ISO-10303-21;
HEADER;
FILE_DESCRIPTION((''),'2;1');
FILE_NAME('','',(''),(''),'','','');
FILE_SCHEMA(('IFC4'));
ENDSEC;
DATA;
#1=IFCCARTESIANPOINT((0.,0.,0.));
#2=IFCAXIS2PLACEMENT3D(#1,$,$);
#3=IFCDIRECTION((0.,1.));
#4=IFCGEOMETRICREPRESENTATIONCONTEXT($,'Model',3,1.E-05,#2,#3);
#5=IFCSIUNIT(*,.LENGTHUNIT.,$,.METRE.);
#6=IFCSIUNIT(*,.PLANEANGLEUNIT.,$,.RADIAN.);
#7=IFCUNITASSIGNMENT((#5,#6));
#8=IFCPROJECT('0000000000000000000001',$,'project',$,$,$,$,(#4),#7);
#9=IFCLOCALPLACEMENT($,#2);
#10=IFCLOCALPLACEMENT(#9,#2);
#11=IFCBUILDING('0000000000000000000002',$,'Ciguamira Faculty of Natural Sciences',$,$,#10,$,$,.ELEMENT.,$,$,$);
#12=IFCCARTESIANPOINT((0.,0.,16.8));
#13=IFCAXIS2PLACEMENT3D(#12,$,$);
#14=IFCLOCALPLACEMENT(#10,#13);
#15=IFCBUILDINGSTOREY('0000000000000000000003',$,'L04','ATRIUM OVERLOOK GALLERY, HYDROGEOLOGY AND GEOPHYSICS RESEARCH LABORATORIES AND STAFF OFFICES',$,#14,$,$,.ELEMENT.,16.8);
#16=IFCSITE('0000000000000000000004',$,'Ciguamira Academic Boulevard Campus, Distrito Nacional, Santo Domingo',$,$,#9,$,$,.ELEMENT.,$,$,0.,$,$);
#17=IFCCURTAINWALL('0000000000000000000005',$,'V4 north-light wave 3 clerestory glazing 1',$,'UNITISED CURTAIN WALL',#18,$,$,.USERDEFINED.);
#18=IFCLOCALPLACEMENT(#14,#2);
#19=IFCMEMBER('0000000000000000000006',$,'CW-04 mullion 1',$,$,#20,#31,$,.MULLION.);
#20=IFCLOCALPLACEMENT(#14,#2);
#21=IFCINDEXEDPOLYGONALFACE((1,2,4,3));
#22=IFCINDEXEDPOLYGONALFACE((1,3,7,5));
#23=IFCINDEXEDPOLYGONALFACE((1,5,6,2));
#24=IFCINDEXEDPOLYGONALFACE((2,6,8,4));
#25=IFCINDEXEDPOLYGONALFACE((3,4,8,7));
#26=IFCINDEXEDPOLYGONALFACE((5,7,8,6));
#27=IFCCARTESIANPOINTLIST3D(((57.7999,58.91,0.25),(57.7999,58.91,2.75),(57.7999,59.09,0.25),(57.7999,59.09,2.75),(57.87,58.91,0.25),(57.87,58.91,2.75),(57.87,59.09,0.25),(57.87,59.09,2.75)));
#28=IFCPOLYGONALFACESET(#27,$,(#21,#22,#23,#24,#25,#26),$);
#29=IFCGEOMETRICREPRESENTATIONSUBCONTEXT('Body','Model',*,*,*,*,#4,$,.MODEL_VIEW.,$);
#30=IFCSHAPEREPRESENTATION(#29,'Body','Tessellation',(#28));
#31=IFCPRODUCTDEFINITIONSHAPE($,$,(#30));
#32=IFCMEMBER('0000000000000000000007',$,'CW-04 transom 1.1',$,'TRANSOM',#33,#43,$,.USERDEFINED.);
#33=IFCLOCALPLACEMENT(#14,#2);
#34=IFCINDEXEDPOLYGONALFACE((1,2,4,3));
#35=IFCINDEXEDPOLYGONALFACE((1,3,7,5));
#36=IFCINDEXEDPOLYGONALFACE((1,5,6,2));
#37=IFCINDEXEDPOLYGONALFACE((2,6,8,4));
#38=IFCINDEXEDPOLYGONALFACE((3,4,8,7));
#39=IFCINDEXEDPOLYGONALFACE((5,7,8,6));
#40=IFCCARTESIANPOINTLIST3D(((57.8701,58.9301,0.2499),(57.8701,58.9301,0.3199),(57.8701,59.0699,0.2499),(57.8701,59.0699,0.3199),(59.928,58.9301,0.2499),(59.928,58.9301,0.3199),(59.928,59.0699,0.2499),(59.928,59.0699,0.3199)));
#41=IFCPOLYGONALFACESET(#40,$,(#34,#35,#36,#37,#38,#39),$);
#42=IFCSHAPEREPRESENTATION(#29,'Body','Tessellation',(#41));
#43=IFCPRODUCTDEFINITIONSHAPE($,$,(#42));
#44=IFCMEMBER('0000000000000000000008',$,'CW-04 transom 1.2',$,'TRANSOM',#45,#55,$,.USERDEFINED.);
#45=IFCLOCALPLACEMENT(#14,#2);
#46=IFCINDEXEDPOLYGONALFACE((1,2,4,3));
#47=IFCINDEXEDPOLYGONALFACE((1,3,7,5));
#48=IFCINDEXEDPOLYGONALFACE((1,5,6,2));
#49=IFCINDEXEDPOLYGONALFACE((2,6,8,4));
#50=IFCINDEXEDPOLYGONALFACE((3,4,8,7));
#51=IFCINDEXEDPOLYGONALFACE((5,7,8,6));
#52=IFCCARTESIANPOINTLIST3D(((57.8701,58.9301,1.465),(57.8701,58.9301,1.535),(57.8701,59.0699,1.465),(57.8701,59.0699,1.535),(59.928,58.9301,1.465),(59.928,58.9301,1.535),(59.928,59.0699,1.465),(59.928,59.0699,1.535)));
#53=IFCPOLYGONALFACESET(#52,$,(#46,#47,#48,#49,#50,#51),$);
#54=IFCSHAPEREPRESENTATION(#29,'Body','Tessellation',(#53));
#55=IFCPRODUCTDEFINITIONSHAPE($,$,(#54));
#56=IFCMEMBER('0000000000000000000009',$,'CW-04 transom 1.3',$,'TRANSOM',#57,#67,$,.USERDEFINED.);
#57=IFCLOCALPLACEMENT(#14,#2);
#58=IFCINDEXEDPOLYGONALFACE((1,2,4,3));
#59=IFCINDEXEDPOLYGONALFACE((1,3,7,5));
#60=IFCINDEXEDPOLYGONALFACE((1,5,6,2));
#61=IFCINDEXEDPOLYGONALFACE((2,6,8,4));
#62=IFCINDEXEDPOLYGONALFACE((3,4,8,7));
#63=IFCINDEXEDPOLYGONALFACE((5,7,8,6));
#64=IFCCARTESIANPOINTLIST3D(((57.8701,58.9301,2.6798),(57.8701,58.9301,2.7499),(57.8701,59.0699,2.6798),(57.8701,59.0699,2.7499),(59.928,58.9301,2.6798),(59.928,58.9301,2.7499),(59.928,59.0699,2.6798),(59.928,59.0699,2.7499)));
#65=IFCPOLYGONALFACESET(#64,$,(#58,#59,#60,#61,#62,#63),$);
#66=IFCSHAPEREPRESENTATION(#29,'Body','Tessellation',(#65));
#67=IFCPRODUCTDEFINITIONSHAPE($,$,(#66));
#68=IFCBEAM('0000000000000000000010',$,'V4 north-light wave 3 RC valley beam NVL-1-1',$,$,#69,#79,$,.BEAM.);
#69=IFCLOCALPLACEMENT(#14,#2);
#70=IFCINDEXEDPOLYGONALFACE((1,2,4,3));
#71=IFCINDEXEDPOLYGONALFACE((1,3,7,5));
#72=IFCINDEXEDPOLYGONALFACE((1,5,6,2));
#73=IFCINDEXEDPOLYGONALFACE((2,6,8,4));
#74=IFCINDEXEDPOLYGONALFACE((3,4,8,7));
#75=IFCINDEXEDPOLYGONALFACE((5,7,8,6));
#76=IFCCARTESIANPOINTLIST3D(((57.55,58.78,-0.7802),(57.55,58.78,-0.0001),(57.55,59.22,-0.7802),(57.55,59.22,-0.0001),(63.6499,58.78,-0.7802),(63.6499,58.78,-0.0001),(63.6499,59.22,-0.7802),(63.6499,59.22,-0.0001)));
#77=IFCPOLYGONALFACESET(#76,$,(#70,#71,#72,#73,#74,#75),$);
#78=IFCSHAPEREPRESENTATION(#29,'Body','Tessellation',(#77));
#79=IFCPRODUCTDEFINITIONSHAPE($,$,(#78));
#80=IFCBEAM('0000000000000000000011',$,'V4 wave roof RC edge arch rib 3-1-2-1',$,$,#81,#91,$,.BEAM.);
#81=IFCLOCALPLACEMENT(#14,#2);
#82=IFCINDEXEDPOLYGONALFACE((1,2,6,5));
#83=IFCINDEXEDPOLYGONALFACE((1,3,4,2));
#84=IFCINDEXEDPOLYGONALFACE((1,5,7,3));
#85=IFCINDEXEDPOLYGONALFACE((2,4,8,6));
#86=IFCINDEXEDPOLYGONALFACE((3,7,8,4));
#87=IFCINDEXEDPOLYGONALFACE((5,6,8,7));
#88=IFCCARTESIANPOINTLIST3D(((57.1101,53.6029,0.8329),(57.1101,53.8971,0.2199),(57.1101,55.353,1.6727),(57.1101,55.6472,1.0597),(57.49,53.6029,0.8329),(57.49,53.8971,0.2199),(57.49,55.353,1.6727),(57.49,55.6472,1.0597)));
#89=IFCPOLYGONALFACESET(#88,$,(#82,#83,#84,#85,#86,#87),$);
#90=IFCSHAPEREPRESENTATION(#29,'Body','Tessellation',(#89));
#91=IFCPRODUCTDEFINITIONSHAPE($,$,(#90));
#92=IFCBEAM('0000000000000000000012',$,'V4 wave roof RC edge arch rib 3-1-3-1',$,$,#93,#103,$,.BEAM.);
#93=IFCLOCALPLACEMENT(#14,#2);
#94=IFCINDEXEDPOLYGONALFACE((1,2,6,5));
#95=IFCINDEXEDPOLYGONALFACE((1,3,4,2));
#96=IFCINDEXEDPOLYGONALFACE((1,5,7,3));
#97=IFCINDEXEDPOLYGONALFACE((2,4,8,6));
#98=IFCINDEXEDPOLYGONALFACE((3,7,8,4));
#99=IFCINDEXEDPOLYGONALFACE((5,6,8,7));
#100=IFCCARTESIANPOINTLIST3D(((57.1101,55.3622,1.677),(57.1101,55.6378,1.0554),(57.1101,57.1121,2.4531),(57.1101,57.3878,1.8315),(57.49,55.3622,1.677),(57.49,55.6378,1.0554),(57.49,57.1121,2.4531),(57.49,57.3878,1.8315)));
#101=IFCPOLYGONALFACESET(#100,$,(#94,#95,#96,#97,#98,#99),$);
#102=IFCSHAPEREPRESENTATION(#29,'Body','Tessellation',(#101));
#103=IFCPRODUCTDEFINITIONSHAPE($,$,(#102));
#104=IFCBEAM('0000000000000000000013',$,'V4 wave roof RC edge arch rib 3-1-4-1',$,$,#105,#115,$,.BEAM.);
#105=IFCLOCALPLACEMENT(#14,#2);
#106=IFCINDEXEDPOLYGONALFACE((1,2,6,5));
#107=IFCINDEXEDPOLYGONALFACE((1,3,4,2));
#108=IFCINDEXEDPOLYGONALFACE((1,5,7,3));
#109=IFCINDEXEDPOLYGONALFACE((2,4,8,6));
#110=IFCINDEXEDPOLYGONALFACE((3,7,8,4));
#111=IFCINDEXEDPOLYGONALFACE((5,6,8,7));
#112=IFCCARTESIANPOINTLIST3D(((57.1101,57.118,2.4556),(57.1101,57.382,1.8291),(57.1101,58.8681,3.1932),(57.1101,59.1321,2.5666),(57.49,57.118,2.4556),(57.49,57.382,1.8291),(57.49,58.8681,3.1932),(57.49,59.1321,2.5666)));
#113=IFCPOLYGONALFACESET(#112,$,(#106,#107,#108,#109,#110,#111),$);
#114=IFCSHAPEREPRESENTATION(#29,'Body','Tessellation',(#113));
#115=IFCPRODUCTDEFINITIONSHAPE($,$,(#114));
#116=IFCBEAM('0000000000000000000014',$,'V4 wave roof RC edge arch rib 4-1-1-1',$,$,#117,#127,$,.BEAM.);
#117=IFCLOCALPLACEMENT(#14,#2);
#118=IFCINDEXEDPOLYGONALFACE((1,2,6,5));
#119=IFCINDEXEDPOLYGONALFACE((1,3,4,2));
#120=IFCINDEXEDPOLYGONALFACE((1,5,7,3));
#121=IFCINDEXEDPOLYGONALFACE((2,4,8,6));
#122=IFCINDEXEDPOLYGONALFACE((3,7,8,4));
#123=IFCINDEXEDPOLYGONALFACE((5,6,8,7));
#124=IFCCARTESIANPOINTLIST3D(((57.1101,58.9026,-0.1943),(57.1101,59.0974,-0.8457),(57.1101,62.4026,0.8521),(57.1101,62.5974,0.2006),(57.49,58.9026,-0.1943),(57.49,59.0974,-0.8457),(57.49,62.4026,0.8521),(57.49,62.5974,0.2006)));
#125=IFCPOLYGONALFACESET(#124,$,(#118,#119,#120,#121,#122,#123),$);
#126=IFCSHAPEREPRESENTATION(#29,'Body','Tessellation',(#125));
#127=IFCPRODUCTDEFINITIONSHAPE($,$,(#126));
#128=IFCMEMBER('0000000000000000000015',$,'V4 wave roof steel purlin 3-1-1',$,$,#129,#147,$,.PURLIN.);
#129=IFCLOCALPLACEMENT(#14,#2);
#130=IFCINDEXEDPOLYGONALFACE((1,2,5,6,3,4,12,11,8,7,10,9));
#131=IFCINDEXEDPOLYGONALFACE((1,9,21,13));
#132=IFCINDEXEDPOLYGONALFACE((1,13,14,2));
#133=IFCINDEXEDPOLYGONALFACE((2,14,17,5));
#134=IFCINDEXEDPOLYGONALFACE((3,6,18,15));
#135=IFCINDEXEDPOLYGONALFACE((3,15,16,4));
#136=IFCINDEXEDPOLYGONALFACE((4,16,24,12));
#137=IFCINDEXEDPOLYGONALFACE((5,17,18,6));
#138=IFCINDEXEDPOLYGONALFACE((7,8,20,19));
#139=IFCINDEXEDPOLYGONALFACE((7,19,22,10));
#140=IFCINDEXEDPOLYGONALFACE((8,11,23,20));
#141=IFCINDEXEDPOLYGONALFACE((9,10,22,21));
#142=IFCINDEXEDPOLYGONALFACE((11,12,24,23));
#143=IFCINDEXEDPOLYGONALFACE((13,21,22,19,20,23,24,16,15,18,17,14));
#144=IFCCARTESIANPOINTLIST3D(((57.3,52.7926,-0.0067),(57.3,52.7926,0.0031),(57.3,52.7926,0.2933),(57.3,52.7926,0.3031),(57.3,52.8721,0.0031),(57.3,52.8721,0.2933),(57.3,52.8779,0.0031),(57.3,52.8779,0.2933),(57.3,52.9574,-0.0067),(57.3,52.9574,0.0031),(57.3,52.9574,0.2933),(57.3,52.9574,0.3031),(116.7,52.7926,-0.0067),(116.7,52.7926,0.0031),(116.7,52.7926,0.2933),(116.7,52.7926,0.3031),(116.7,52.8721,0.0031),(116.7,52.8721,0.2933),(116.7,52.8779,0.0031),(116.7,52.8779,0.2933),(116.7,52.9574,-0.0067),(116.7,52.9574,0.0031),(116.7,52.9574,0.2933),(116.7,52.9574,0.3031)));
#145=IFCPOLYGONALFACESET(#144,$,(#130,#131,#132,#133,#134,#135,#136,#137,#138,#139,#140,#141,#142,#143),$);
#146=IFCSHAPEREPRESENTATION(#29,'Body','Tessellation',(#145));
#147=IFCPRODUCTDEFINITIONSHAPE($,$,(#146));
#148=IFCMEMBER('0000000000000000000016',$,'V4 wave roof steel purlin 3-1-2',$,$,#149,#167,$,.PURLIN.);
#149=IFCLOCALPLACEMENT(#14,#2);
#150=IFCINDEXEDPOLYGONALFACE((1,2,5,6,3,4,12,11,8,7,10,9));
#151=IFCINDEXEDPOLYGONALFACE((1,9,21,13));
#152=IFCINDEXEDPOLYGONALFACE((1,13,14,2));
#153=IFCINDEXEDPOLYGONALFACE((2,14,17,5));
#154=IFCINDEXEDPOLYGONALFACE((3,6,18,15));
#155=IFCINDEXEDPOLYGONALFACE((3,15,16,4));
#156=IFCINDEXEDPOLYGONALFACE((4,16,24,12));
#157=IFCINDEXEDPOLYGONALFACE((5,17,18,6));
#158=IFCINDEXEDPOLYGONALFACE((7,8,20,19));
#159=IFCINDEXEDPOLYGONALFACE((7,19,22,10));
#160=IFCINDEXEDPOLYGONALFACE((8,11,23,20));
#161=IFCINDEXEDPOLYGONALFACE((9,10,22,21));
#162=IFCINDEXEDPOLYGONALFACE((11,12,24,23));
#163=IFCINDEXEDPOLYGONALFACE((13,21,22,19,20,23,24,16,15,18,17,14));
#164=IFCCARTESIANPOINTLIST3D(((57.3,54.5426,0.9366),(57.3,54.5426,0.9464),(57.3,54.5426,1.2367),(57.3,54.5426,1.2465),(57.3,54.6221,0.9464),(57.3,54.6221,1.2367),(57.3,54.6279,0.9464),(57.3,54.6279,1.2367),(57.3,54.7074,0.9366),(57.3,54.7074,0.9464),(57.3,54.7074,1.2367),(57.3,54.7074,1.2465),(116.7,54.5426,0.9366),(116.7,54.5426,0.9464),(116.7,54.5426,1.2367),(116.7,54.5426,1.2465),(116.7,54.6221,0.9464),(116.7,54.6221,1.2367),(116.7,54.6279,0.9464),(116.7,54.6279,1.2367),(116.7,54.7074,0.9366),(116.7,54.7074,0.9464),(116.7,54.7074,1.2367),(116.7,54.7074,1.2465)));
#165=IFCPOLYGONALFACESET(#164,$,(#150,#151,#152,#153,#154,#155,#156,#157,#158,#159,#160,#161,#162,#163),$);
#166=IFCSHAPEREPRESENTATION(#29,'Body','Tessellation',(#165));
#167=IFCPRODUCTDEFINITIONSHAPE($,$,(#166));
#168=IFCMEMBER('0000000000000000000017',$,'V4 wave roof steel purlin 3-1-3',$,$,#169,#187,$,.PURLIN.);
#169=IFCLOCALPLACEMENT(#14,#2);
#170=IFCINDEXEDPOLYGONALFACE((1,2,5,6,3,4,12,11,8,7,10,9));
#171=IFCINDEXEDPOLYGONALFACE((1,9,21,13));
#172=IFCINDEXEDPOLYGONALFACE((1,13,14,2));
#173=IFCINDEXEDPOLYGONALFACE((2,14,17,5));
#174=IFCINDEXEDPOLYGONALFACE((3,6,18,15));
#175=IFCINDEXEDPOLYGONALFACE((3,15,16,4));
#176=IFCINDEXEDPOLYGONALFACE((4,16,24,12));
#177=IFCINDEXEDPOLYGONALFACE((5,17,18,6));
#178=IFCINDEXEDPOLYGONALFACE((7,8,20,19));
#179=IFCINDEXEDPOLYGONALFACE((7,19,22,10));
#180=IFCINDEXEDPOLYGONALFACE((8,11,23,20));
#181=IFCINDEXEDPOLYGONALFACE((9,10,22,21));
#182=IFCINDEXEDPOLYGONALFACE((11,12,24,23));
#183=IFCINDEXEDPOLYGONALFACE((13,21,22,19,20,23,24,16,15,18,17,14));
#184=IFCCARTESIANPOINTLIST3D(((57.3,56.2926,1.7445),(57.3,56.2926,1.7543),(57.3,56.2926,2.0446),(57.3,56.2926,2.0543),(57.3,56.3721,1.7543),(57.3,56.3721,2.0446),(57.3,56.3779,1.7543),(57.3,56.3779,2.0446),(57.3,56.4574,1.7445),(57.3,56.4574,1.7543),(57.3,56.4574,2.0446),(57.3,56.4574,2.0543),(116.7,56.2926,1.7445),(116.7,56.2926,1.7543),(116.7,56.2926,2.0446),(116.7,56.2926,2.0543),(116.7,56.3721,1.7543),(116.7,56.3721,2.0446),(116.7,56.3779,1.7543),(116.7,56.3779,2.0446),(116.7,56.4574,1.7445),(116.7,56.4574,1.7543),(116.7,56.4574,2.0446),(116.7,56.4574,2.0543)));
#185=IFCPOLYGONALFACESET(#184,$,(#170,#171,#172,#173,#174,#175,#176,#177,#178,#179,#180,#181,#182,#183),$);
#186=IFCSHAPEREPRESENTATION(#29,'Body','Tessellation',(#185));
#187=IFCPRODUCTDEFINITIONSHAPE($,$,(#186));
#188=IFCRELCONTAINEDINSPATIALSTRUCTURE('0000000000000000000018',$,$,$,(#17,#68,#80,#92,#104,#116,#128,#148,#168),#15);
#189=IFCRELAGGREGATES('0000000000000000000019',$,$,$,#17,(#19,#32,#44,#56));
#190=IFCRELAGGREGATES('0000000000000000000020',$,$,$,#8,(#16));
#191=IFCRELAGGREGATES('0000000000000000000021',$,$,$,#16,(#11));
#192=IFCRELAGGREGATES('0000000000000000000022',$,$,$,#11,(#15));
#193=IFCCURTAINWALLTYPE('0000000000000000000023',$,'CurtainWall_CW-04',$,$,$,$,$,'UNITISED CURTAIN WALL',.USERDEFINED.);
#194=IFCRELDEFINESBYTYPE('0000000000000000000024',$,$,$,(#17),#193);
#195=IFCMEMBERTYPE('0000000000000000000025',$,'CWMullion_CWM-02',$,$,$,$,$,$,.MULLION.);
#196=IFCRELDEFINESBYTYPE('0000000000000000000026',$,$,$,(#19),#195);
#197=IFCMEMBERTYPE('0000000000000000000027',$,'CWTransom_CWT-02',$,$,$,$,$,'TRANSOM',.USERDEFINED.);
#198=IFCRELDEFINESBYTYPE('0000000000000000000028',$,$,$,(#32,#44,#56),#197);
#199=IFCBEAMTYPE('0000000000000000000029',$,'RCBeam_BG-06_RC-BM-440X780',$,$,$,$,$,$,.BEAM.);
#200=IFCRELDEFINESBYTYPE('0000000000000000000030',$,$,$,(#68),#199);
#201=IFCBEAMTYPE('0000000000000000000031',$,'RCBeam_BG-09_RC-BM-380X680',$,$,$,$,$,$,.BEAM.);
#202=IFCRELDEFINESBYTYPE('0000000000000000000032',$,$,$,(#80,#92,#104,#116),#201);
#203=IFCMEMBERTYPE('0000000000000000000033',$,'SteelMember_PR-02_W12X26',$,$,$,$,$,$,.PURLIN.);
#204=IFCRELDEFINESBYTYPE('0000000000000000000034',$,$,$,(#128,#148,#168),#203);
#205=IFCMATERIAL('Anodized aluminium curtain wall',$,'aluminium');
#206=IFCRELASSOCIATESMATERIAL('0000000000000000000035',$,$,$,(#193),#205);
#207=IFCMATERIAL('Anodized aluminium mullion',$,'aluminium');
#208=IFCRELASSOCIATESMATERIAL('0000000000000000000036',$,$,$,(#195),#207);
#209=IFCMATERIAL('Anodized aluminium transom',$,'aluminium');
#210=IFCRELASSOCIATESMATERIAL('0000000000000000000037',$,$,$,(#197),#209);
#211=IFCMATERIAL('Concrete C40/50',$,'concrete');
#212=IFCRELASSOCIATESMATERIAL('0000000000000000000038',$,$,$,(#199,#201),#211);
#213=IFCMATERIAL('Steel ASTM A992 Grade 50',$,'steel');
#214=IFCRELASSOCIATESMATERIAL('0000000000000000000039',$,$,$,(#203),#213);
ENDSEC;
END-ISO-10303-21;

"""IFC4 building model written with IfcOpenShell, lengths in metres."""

from ifc_helpers import new_model, si_unit, direction, frame, origin, origin_2d, place, context, subcontext, project, spatial, rectangle, i_section, extrude, material, material_profile, profile_set, type_object, element, aggregate, save


model = new_model("IFC4")

# Units and contexts
model_context = context("Model", 3, precision=1e-05, world=origin(), true_north=direction((0.0, 1.0)))
body_context = subcontext(model_context, "Body", "Model", "MODEL_VIEW")
ifc_project = project(units=[si_unit("LENGTHUNIT", "METRE"), si_unit("PLANEANGLEUNIT", "RADIAN")], contexts=[model_context])

# Site, building, storey
site_placement = place(None, origin())
site = spatial("IfcSite", under=ifc_project, at=site_placement, Name="Ciguamira Academic Boulevard Campus, Distrito Nacional, Santo Domingo", CompositionType="ELEMENT", RefElevation=0.0)
building_placement = place(site_placement, origin())
building = spatial("IfcBuilding", under=site, at=building_placement, Name="Ciguamira Faculty of Natural Sciences", CompositionType="ELEMENT")
storey_placement = place(building_placement, frame((0.0, 0.0, 16.8)))
storey = spatial("IfcBuildingStorey", under=building, at=storey_placement, Name="L04", Description="ATRIUM OVERLOOK GALLERY, HYDROGEOLOGY AND GEOPHYSICS RESEARCH LABORATORIES AND STAFF OFFICES", CompositionType="ELEMENT", Elevation=16.8)

# Curtain wall, members
ifc_material_1 = material(Name="Anodized aluminium curtain wall", Category="aluminium")
curtain_wall_type = type_object("IfcCurtainWallType", Name="CurtainWall_CW-04", ElementType="UNITISED CURTAIN WALL", PredefinedType="USERDEFINED", material=ifc_material_1)
curtain_wall_placement = place(storey_placement, origin())
curtain_wall = element("IfcCurtainWall", 1, at=curtain_wall_placement, inside=storey, type_object=curtain_wall_type, Name="V4 north-light wave 3 clerestory glazing 1", ObjectType="UNITISED CURTAIN WALL", PredefinedType="USERDEFINED")
ifc_material_2 = material(Name="Anodized aluminium mullion", Category="aluminium")
ifc_material_profile_1 = material_profile(ifc_material_2, rectangle(XDim=0.0701, YDim=0.1799, at=origin_2d()), Name="ALU-MUL-70X180")
ifc_profile_set_1 = profile_set([ifc_material_profile_1], Name="Anodized aluminium mullion")
member_type_1 = type_object("IfcMemberType", Name="CWMullion_CWM-02", PredefinedType="MULLION", material=ifc_profile_set_1)
member_1_placement = place(storey_placement, frame((57.835, 59.0, 0.25), z_axis=(0.0, 0.0, 1.0), x_axis=(1.0, 0.0, 0.0)))
member_1 = element("IfcMember", 2, at=member_1_placement, type_object=member_type_1, Name="CW-04 mullion 1", PredefinedType="MULLION", context=body_context, shape_type="SweptSolid", body=[
    extrude(rectangle(XDim=0.0701, YDim=0.1799, at=origin_2d()), origin(), (0.0, 0.0, 1.0), 2.5),
])
ifc_material_3 = material(Name="Anodized aluminium transom", Category="aluminium")
ifc_material_profile_2 = material_profile(ifc_material_3, rectangle(XDim=0.0701, YDim=0.1399, at=origin_2d()), Name="ALU-TRN-70X140")
ifc_profile_set_2 = profile_set([ifc_material_profile_2], Name="Anodized aluminium transom")
member_type_2 = type_object("IfcMemberType", Name="CWTransom_CWT-02", ElementType="TRANSOM", PredefinedType="USERDEFINED", material=ifc_profile_set_2)
member_2_placement = place(storey_placement, frame((57.8701, 59.0, 0.2849), z_axis=(1.0, 0.0, 0.0), x_axis=(0.0, 0.0, 1.0)))
member_2 = element("IfcMember", 3, at=member_2_placement, type_object=member_type_2, Name="CW-04 transom 1.1", ObjectType="TRANSOM", PredefinedType="USERDEFINED", context=body_context, shape_type="SweptSolid", body=[
    extrude(rectangle(XDim=0.0701, YDim=0.1399, at=origin_2d()), origin(), (0.0, 0.0, 1.0), 2.0579),
])
member_3_placement = place(storey_placement, frame((57.8701, 59.0, 1.5), z_axis=(1.0, 0.0, 0.0), x_axis=(0.0, 0.0, 1.0)))
member_3 = element("IfcMember", 4, at=member_3_placement, type_object=member_type_2, Name="CW-04 transom 1.2", ObjectType="TRANSOM", PredefinedType="USERDEFINED", context=body_context, shape_type="SweptSolid", body=[
    extrude(rectangle(XDim=0.0701, YDim=0.1399, at=origin_2d()), origin(), (0.0, 0.0, 1.0), 2.0579),
])
member_4_placement = place(storey_placement, frame((57.8701, 59.0, 2.7148), z_axis=(1.0, 0.0, 0.0), x_axis=(0.0, 0.0, 1.0)))
member_4 = element("IfcMember", 5, at=member_4_placement, type_object=member_type_2, Name="CW-04 transom 1.3", ObjectType="TRANSOM", PredefinedType="USERDEFINED", context=body_context, shape_type="SweptSolid", body=[
    extrude(rectangle(XDim=0.0701, YDim=0.1399, at=origin_2d()), origin(), (0.0, 0.0, 1.0), 2.0579),
])

# Beams
ifc_material_4 = material(Name="Concrete C40/50", Category="concrete")
ifc_material_profile_3 = material_profile(ifc_material_4, rectangle(XDim=0.4399, YDim=0.78, at=origin_2d()), Name="RC-BM-440X780")
ifc_profile_set_3 = profile_set([ifc_material_profile_3], Name="Concrete C40/50")
beam_type_1 = type_object("IfcBeamType", Name="RCBeam_BG-06_RC-BM-440X780", PredefinedType="BEAM", material=ifc_profile_set_3)
beam_1_placement = place(storey_placement, frame((57.55, 59.0, -0.3901), z_axis=(1.0, 0.0, 0.0), x_axis=(0.0, 1.0, 0.0)))
element("IfcBeam", 6, at=beam_1_placement, inside=storey, type_object=beam_type_1, Name="V4 north-light wave 3 RC valley beam NVL-1-1", PredefinedType="BEAM", context=body_context, shape_type="SweptSolid", body=[
    extrude(rectangle(XDim=0.4399, YDim=0.78, at=origin_2d()), origin(), (0.0, 0.0, 1.0), 6.0999),
])
ifc_material_profile_4 = material_profile(ifc_material_4, rectangle(XDim=0.3799, YDim=0.6799, at=origin_2d()), Name="RC-BM-380X680")
ifc_profile_set_4 = profile_set([ifc_material_profile_4], Name="Concrete C40/50")
beam_type_2 = type_object("IfcBeamType", Name="RCBeam_BG-09_RC-BM-380X680", PredefinedType="BEAM", material=ifc_profile_set_4)
beam_2_placement = place(storey_placement, frame((57.3, 53.75, 0.5264), z_axis=(0.0, 0.901554, 0.432666), x_axis=(-1.0, 0.0, 0.0)))
element("IfcBeam", 7, at=beam_2_placement, inside=storey, type_object=beam_type_2, Name="V4 wave roof RC edge arch rib 3-1-2-1", PredefinedType="BEAM", context=body_context, shape_type="SweptSolid", body=[
    extrude(rectangle(XDim=0.3799, YDim=0.6799, at=origin_2d()), origin(), (0.0, 0.0, 1.0), 1.9412),
])
beam_3_placement = place(storey_placement, frame((57.3, 55.5, 1.3662), z_axis=(0.0, 0.914132, 0.405417), x_axis=(-1.0, 0.0, 0.0)))
element("IfcBeam", 8, at=beam_3_placement, inside=storey, type_object=beam_type_2, Name="V4 wave roof RC edge arch rib 3-1-3-1", PredefinedType="BEAM", context=body_context, shape_type="SweptSolid", body=[
    extrude(rectangle(XDim=0.3799, YDim=0.6799, at=origin_2d()), origin(), (0.0, 0.0, 1.0), 1.9143),
])
beam_4_placement = place(storey_placement, frame((57.3, 57.25, 2.1423), z_axis=(0.0, 0.921502, 0.388373), x_axis=(-1.0, 0.0, 0.0)))
element("IfcBeam", 9, at=beam_4_placement, inside=storey, type_object=beam_type_2, Name="V4 wave roof RC edge arch rib 3-1-4-1", PredefinedType="BEAM", context=body_context, shape_type="SweptSolid", body=[
    extrude(rectangle(XDim=0.3799, YDim=0.6799, at=origin_2d()), origin(), (0.0, 0.0, 1.0), 1.8992),
])
beam_5_placement = place(storey_placement, frame((57.3, 59.0, -0.52), z_axis=(0.0, 0.958098, 0.28644), x_axis=(-1.0, 0.0, 0.0)))
element("IfcBeam", 10, at=beam_5_placement, inside=storey, type_object=beam_type_2, Name="V4 wave roof RC edge arch rib 4-1-1-1", PredefinedType="BEAM", context=body_context, shape_type="SweptSolid", body=[
    extrude(rectangle(XDim=0.3799, YDim=0.6799, at=origin_2d()), origin(), (0.0, 0.0, 1.0), 3.6531),
])

# Members
ifc_material_5 = material(Name="Steel ASTM A992 Grade 50", Category="steel")
ifc_material_profile_5 = material_profile(ifc_material_5, i_section(OverallWidth=0.1648, OverallDepth=0.3098, WebThickness=0.0059, FlangeThickness=0.0098, at=origin_2d()), Name="W12X26")
ifc_profile_set_5 = profile_set([ifc_material_profile_5], Name="Steel ASTM A992 Grade 50")
member_type_3 = type_object("IfcMemberType", Name="SteelMember_PR-02_W12X26", PredefinedType="PURLIN", material=ifc_profile_set_5)
for number, where, z_axis, x_axis, name in (
    (11, (57.3, 52.875, 0.1482), (1.0, 0.0, 0.0), (0.0, 1.0, 0.0), "V4 wave roof steel purlin 3-1-1"),
    (12, (57.3, 54.625, 1.0916), (1.0, 0.0, 0.0), (0.0, 1.0, 0.0), "V4 wave roof steel purlin 3-1-2"),
    (13, (57.3, 56.375, 1.8994), (1.0, 0.0, 0.0), (0.0, 1.0, 0.0), "V4 wave roof steel purlin 3-1-3"),
):
    element("IfcMember", number, at=place(storey_placement, frame(where, z_axis=z_axis, x_axis=x_axis)), inside=storey, type_object=member_type_3, Name=name, PredefinedType="PURLIN", context=body_context, shape_type="SweptSolid", body=[
        extrude(i_section(OverallWidth=0.1648, OverallDepth=0.3098, WebThickness=0.0059, FlangeThickness=0.0098, at=origin_2d()), origin(), (0.0, 0.0, 1.0), 59.3999),
    ])

aggregate(curtain_wall, [member_1, member_2, member_3, member_4])

save(model, "model.ifc")
